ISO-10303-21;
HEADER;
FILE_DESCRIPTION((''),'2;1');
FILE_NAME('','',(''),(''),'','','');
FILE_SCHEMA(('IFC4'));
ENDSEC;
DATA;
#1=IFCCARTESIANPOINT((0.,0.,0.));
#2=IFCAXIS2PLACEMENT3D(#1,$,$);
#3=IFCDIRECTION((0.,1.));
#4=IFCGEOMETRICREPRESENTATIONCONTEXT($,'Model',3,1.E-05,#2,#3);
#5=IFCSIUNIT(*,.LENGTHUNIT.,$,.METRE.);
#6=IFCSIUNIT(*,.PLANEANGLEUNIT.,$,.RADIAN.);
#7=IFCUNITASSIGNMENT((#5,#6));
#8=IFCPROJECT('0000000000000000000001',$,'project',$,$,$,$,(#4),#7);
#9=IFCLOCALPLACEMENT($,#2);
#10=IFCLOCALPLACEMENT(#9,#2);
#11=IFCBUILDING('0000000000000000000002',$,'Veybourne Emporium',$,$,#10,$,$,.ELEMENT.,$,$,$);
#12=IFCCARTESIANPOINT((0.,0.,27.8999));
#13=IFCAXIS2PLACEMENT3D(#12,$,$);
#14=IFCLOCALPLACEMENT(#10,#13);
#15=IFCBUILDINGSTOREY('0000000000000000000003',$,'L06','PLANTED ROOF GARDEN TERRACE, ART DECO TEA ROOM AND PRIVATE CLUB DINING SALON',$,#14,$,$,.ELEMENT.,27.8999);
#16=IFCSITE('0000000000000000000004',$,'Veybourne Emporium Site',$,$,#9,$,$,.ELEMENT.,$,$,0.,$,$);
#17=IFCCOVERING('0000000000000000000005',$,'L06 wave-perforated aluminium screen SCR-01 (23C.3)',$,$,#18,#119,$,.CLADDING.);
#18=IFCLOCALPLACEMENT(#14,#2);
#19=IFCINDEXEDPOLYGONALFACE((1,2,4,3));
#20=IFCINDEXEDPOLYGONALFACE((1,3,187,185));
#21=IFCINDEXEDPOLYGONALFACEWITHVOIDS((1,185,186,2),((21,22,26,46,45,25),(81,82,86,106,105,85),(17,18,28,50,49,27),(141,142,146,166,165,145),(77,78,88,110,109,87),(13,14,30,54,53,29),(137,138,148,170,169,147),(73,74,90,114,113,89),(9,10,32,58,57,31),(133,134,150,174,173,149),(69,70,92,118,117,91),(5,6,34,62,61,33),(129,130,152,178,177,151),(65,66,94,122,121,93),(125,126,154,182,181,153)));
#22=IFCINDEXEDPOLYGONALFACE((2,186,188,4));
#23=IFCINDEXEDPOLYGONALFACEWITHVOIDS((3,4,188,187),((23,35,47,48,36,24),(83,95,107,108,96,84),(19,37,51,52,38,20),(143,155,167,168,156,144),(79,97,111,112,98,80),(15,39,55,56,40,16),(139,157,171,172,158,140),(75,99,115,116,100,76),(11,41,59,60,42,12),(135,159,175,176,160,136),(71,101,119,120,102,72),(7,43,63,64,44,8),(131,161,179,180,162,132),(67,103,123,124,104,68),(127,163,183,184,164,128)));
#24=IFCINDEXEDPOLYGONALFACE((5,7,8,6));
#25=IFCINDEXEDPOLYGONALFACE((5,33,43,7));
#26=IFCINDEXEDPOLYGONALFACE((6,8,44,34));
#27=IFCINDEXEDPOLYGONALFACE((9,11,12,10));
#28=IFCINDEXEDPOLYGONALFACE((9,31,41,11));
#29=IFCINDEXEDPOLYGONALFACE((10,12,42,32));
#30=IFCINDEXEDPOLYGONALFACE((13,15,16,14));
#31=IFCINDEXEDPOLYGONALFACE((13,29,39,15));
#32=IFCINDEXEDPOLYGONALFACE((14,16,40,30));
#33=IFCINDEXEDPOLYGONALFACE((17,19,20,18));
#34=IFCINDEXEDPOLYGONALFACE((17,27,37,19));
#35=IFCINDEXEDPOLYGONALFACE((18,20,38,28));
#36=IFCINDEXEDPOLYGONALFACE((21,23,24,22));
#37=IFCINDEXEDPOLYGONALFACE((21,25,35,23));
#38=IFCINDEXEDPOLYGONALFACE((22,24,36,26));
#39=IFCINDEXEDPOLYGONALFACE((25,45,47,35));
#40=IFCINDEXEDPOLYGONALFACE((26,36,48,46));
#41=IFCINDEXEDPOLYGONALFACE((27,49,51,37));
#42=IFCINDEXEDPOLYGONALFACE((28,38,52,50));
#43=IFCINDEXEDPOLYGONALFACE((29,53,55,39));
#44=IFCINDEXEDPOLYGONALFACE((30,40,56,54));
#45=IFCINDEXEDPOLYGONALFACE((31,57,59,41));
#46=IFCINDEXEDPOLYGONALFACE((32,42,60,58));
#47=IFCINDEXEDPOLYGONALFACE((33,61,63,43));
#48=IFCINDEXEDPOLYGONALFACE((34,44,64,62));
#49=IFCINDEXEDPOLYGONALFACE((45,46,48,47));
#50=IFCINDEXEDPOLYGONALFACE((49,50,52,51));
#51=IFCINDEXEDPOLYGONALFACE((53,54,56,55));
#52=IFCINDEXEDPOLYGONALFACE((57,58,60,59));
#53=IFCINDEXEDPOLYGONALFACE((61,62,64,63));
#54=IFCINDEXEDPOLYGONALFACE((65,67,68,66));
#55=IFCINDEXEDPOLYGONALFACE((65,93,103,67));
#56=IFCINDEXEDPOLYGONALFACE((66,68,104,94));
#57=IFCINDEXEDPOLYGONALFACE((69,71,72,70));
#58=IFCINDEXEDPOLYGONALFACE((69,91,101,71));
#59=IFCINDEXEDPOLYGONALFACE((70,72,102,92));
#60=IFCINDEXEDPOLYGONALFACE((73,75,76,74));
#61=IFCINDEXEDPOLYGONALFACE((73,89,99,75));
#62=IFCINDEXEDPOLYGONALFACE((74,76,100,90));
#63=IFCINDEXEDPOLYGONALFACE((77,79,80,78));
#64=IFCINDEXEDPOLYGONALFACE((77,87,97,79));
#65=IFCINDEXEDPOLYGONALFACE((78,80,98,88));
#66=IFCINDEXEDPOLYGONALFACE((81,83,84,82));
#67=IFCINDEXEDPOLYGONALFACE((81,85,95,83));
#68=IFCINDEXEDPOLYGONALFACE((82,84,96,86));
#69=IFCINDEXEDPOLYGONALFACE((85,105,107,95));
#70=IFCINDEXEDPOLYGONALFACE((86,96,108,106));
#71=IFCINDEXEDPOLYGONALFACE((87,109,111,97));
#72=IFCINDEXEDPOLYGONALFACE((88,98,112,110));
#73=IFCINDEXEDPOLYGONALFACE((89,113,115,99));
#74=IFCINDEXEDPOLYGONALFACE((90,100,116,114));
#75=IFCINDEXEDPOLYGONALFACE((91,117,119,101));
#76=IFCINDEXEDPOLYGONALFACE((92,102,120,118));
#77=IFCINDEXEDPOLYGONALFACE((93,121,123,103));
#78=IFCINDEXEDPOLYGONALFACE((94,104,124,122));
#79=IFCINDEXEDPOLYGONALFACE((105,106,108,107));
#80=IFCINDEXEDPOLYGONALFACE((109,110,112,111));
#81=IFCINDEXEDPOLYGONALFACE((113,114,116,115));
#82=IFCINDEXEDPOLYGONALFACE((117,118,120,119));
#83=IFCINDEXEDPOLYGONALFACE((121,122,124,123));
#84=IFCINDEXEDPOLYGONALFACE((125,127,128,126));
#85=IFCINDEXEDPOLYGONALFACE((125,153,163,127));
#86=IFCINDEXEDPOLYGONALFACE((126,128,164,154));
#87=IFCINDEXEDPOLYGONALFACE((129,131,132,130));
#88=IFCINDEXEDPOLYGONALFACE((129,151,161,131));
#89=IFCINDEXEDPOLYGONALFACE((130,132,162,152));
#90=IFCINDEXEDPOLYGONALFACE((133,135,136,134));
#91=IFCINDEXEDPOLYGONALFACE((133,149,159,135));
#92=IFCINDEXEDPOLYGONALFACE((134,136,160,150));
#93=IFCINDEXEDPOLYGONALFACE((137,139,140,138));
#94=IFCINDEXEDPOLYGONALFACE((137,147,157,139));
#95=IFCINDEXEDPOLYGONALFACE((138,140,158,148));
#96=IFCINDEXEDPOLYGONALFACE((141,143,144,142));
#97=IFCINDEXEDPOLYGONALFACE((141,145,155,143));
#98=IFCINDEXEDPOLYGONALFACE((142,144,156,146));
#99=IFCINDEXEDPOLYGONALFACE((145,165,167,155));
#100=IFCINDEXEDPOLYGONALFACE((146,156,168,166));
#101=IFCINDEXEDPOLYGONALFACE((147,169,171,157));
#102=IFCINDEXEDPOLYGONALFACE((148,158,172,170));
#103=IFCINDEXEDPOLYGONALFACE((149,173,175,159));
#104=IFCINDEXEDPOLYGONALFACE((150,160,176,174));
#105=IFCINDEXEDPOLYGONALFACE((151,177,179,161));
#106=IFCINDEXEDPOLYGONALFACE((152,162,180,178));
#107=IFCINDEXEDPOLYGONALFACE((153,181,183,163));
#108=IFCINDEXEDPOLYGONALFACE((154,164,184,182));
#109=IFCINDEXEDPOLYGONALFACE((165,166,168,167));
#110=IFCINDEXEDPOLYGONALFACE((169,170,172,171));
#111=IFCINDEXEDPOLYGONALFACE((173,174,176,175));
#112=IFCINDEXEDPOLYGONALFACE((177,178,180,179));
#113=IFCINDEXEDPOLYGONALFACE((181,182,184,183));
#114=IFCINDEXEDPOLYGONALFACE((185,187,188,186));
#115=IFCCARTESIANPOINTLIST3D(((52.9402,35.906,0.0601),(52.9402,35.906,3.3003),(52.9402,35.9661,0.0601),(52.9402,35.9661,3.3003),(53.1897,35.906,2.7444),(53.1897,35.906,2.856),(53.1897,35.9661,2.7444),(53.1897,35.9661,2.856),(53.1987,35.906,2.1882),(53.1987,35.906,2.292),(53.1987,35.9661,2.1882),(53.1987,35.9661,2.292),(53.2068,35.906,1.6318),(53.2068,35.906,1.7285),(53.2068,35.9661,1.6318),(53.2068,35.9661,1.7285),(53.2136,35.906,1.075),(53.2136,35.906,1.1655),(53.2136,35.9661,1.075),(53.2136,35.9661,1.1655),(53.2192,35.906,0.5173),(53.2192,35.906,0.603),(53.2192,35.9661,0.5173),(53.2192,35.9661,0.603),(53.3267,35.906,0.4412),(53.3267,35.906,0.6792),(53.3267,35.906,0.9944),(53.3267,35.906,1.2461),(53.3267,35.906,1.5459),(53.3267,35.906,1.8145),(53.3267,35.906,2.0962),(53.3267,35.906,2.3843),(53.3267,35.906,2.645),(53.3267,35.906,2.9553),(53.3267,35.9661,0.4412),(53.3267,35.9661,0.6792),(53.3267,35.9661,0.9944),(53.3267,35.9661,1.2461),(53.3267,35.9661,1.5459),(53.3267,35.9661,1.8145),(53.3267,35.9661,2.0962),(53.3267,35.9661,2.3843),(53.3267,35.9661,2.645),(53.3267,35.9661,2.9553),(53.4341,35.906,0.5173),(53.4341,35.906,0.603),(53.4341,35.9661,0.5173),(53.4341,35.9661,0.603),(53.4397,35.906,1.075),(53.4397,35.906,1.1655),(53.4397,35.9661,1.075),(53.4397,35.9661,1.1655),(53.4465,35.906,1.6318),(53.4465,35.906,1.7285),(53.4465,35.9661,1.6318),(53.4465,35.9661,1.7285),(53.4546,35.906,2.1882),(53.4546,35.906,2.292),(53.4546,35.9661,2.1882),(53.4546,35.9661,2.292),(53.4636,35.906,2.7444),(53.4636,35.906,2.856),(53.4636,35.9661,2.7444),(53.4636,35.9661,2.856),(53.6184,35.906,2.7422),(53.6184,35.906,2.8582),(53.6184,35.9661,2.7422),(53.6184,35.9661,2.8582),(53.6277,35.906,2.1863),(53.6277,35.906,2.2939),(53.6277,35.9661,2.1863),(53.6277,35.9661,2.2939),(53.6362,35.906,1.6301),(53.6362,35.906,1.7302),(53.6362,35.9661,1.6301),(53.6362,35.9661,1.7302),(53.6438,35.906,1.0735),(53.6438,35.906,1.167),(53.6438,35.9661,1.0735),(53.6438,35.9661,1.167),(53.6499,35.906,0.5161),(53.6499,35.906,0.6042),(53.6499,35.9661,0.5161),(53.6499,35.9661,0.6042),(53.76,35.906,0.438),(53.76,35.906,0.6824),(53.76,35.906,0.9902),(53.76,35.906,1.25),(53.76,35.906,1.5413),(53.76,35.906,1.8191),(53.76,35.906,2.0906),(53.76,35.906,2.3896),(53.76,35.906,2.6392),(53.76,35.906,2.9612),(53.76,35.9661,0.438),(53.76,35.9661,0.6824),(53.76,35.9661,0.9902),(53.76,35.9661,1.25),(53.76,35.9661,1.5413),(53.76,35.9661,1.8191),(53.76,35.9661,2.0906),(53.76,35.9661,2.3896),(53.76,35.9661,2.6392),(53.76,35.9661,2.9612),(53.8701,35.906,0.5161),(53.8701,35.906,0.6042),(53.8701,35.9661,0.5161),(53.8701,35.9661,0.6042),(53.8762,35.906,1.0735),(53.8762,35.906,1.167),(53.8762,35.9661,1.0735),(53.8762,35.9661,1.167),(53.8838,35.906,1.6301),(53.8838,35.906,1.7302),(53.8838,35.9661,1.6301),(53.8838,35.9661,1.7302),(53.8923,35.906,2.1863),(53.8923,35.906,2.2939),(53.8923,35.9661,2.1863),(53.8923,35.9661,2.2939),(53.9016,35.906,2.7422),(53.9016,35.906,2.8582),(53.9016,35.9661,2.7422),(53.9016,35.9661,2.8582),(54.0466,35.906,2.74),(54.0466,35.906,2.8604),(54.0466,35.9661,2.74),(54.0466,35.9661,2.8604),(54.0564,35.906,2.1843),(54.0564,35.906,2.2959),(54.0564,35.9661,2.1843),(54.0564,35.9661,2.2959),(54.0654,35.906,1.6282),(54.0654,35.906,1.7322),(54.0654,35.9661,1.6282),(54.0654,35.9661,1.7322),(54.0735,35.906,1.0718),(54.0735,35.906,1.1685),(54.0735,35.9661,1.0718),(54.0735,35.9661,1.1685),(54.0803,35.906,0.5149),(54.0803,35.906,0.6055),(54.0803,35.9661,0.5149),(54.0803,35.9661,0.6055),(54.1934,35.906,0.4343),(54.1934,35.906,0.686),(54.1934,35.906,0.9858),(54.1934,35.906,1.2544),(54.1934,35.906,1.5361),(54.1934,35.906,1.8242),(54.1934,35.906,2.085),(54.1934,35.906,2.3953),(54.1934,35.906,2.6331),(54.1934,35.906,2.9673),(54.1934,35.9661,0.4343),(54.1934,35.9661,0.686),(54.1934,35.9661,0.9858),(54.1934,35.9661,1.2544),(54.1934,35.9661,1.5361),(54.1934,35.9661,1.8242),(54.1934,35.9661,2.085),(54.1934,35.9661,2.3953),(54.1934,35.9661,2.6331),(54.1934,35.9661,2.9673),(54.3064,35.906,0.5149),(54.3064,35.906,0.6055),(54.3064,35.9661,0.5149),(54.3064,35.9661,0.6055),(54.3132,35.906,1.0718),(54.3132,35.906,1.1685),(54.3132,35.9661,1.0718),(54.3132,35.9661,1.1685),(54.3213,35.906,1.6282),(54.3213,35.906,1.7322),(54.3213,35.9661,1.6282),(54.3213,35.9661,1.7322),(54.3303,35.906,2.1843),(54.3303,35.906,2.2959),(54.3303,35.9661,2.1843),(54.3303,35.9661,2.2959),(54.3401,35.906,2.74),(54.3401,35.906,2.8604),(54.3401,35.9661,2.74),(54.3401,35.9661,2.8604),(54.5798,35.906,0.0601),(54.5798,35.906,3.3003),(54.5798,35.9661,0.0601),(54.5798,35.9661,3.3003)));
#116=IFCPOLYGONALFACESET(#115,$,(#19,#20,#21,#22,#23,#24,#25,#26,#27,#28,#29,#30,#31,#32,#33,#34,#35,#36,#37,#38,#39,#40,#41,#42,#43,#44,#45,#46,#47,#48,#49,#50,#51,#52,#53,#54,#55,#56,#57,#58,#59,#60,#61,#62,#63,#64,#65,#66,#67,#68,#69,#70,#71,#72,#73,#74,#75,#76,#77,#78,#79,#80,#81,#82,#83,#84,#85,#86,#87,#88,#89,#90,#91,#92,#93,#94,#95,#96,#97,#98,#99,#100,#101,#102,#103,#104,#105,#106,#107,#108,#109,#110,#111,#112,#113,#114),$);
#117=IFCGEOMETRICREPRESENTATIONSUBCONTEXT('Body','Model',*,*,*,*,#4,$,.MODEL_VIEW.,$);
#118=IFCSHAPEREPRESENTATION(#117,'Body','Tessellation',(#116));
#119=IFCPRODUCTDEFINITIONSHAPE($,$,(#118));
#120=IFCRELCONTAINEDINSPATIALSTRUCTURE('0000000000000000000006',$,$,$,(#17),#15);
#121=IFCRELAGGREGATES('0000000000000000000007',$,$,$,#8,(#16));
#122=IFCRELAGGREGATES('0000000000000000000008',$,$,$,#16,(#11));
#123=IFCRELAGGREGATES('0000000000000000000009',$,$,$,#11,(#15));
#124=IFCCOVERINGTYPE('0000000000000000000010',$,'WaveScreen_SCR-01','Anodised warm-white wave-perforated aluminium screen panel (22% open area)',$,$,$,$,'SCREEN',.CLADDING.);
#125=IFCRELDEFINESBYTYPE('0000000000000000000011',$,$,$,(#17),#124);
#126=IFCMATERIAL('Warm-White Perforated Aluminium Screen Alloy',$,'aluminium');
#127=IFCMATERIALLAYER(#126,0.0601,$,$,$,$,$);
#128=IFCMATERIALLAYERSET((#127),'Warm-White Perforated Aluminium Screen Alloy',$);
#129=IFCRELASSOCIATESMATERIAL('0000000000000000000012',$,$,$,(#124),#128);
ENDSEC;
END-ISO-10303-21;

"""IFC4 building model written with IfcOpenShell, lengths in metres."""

from ifc_helpers import new_model, si_unit, direction, frame, origin, place, context, subcontext, project, spatial, polyline, outline, extrude, material, layer, layer_set, type_object, element, save


model = new_model("IFC4")

# Units and contexts
model_context = context("Model", 3, precision=1e-05, world=origin(), true_north=direction((0.0, 1.0)))
body_context = subcontext(model_context, "Body", "Model", "MODEL_VIEW")
ifc_project = project(units=[si_unit("LENGTHUNIT", "METRE"), si_unit("PLANEANGLEUNIT", "RADIAN")], contexts=[model_context])

# Site, building, storey
site_placement = place(None, origin())
site = spatial("IfcSite", under=ifc_project, at=site_placement, Name="Veybourne Emporium Site", CompositionType="ELEMENT", RefElevation=0.0)
building_placement = place(site_placement, origin())
building = spatial("IfcBuilding", under=site, at=building_placement, Name="Veybourne Emporium", CompositionType="ELEMENT")
storey_placement = place(building_placement, frame((0.0, 0.0, 27.8999)))
storey = spatial("IfcBuildingStorey", under=building, at=storey_placement, Name="L06", Description="PLANTED ROOF GARDEN TERRACE, ART DECO TEA ROOM AND PRIVATE CLUB DINING SALON", CompositionType="ELEMENT", Elevation=27.8999)

# Covering
ifc_material_1 = material(Name="Warm-White Perforated Aluminium Screen Alloy", Category="aluminium")
ifc_layer_1 = layer(ifc_material_1, 0.0601)
ifc_layer_set_1 = layer_set([ifc_layer_1], Name="Warm-White Perforated Aluminium Screen Alloy")
covering_type_1 = type_object("IfcCoveringType", Name="WaveScreen_SCR-01", Description="Anodised warm-white wave-perforated aluminium screen panel (22% open area)", ElementType="SCREEN", PredefinedType="CLADDING", material=ifc_layer_set_1)
covering_1_placement = place(storey_placement, frame((53.76, 35.906, 1.6802), z_axis=(0.0, 1.0, 0.0), x_axis=(-1.0, 0.0, 0.0)))
element("IfcCovering", 1, at=covering_1_placement, inside=storey, type_object=covering_type_1, Name="L06 wave-perforated aluminium screen SCR-01 (23C.3)", PredefinedType="CLADDING", context=body_context, shape_type="SweptSolid", body=[
    extrude(outline(polyline([(-0.8198, -1.6201), (0.8198, -1.6201), (0.8198, 1.6201), (-0.8198, 1.6201), (-0.8198, -1.6201)]), holes=[polyline([(-0.4333, -0.9941), (-0.3203, -1.0747), (-0.3203, -1.1653), (-0.4333, -1.2458), (-0.5464, -1.1653), (-0.5464, -1.0747), (-0.4333, -0.9941)]), polyline([(-0.4333, -0.4258), (-0.3135, -0.5117), (-0.3135, -0.6084), (-0.4333, -0.6943), (-0.5532, -0.6084), (-0.5532, -0.5117), (-0.4333, -0.4258)]), polyline([(-0.4333, 0.144), (-0.3054, 0.052), (-0.3054, -0.052), (-0.4333, -0.144), (-0.5613, -0.052), (-0.5613, 0.052), (-0.4333, 0.144)]), polyline([(-0.4333, 0.7151), (-0.2964, 0.6157), (-0.2964, 0.5042), (-0.4333, 0.4048), (-0.5703, 0.5042), (-0.5703, 0.6157), (-0.4333, 0.7151)]), polyline([(-0.4333, 1.2871), (-0.2866, 1.1802), (-0.2866, 1.0598), (-0.4333, 0.9529), (-0.5801, 1.0598), (-0.5801, 1.1802), (-0.4333, 1.2871)]), polyline([(0.0, -0.9978), (0.1101, -1.0759), (0.1101, -1.1641), (0.0, -1.2422), (-0.1101, -1.1641), (-0.1101, -1.0759), (0.0, -0.9978)]), polyline([(0.0, -0.4302), (0.1162, -0.5132), (0.1162, -0.6067), (0.0, -0.6899), (-0.1162, -0.6067), (-0.1162, -0.5132), (0.0, -0.4302)]), polyline([(0.0, 0.1389), (0.1238, 0.05), (0.1238, -0.05), (0.0, -0.1389), (-0.1238, -0.05), (-0.1238, 0.05), (0.0, 0.1389)]), polyline([(0.0, 0.7095), (0.1323, 0.6138), (0.1323, 0.5061), (0.0, 0.4104), (-0.1323, 0.5061), (-0.1323, 0.6138), (0.0, 0.7095)]), polyline([(0.0, 1.281), (0.1416, 1.178), (0.1416, 1.062), (0.0, 0.959), (-0.1416, 1.062), (-0.1416, 1.178), (0.0, 1.281)]), polyline([(0.4333, -1.001), (0.5408, -1.0771), (0.5408, -1.1628), (0.4333, -1.239), (0.3259, -1.1628), (0.3259, -1.0771), (0.4333, -1.001)]), polyline([(0.4333, -0.4341), (0.5464, -0.5146), (0.5464, -0.6052), (0.4333, -0.6858), (0.3203, -0.6052), (0.3203, -0.5146), (0.4333, -0.4341)]), polyline([(0.4333, 0.1343), (0.5532, 0.0483), (0.5532, -0.0483), (0.4333, -0.1343), (0.3135, -0.0483), (0.3135, 0.0483), (0.4333, 0.1343)]), polyline([(0.4333, 0.7041), (0.5613, 0.6118), (0.5613, 0.5081), (0.4333, 0.416), (0.3054, 0.5081), (0.3054, 0.6118), (0.4333, 0.7041)]), polyline([(0.4333, 1.2751), (0.5703, 1.1758), (0.5703, 1.0642), (0.4333, 0.9648), (0.2964, 1.0642), (0.2964, 1.1758), (0.4333, 1.2751)])]), origin(), (0.0, 0.0, 1.0), 0.0601),
])

save(model, "model.ifc")
